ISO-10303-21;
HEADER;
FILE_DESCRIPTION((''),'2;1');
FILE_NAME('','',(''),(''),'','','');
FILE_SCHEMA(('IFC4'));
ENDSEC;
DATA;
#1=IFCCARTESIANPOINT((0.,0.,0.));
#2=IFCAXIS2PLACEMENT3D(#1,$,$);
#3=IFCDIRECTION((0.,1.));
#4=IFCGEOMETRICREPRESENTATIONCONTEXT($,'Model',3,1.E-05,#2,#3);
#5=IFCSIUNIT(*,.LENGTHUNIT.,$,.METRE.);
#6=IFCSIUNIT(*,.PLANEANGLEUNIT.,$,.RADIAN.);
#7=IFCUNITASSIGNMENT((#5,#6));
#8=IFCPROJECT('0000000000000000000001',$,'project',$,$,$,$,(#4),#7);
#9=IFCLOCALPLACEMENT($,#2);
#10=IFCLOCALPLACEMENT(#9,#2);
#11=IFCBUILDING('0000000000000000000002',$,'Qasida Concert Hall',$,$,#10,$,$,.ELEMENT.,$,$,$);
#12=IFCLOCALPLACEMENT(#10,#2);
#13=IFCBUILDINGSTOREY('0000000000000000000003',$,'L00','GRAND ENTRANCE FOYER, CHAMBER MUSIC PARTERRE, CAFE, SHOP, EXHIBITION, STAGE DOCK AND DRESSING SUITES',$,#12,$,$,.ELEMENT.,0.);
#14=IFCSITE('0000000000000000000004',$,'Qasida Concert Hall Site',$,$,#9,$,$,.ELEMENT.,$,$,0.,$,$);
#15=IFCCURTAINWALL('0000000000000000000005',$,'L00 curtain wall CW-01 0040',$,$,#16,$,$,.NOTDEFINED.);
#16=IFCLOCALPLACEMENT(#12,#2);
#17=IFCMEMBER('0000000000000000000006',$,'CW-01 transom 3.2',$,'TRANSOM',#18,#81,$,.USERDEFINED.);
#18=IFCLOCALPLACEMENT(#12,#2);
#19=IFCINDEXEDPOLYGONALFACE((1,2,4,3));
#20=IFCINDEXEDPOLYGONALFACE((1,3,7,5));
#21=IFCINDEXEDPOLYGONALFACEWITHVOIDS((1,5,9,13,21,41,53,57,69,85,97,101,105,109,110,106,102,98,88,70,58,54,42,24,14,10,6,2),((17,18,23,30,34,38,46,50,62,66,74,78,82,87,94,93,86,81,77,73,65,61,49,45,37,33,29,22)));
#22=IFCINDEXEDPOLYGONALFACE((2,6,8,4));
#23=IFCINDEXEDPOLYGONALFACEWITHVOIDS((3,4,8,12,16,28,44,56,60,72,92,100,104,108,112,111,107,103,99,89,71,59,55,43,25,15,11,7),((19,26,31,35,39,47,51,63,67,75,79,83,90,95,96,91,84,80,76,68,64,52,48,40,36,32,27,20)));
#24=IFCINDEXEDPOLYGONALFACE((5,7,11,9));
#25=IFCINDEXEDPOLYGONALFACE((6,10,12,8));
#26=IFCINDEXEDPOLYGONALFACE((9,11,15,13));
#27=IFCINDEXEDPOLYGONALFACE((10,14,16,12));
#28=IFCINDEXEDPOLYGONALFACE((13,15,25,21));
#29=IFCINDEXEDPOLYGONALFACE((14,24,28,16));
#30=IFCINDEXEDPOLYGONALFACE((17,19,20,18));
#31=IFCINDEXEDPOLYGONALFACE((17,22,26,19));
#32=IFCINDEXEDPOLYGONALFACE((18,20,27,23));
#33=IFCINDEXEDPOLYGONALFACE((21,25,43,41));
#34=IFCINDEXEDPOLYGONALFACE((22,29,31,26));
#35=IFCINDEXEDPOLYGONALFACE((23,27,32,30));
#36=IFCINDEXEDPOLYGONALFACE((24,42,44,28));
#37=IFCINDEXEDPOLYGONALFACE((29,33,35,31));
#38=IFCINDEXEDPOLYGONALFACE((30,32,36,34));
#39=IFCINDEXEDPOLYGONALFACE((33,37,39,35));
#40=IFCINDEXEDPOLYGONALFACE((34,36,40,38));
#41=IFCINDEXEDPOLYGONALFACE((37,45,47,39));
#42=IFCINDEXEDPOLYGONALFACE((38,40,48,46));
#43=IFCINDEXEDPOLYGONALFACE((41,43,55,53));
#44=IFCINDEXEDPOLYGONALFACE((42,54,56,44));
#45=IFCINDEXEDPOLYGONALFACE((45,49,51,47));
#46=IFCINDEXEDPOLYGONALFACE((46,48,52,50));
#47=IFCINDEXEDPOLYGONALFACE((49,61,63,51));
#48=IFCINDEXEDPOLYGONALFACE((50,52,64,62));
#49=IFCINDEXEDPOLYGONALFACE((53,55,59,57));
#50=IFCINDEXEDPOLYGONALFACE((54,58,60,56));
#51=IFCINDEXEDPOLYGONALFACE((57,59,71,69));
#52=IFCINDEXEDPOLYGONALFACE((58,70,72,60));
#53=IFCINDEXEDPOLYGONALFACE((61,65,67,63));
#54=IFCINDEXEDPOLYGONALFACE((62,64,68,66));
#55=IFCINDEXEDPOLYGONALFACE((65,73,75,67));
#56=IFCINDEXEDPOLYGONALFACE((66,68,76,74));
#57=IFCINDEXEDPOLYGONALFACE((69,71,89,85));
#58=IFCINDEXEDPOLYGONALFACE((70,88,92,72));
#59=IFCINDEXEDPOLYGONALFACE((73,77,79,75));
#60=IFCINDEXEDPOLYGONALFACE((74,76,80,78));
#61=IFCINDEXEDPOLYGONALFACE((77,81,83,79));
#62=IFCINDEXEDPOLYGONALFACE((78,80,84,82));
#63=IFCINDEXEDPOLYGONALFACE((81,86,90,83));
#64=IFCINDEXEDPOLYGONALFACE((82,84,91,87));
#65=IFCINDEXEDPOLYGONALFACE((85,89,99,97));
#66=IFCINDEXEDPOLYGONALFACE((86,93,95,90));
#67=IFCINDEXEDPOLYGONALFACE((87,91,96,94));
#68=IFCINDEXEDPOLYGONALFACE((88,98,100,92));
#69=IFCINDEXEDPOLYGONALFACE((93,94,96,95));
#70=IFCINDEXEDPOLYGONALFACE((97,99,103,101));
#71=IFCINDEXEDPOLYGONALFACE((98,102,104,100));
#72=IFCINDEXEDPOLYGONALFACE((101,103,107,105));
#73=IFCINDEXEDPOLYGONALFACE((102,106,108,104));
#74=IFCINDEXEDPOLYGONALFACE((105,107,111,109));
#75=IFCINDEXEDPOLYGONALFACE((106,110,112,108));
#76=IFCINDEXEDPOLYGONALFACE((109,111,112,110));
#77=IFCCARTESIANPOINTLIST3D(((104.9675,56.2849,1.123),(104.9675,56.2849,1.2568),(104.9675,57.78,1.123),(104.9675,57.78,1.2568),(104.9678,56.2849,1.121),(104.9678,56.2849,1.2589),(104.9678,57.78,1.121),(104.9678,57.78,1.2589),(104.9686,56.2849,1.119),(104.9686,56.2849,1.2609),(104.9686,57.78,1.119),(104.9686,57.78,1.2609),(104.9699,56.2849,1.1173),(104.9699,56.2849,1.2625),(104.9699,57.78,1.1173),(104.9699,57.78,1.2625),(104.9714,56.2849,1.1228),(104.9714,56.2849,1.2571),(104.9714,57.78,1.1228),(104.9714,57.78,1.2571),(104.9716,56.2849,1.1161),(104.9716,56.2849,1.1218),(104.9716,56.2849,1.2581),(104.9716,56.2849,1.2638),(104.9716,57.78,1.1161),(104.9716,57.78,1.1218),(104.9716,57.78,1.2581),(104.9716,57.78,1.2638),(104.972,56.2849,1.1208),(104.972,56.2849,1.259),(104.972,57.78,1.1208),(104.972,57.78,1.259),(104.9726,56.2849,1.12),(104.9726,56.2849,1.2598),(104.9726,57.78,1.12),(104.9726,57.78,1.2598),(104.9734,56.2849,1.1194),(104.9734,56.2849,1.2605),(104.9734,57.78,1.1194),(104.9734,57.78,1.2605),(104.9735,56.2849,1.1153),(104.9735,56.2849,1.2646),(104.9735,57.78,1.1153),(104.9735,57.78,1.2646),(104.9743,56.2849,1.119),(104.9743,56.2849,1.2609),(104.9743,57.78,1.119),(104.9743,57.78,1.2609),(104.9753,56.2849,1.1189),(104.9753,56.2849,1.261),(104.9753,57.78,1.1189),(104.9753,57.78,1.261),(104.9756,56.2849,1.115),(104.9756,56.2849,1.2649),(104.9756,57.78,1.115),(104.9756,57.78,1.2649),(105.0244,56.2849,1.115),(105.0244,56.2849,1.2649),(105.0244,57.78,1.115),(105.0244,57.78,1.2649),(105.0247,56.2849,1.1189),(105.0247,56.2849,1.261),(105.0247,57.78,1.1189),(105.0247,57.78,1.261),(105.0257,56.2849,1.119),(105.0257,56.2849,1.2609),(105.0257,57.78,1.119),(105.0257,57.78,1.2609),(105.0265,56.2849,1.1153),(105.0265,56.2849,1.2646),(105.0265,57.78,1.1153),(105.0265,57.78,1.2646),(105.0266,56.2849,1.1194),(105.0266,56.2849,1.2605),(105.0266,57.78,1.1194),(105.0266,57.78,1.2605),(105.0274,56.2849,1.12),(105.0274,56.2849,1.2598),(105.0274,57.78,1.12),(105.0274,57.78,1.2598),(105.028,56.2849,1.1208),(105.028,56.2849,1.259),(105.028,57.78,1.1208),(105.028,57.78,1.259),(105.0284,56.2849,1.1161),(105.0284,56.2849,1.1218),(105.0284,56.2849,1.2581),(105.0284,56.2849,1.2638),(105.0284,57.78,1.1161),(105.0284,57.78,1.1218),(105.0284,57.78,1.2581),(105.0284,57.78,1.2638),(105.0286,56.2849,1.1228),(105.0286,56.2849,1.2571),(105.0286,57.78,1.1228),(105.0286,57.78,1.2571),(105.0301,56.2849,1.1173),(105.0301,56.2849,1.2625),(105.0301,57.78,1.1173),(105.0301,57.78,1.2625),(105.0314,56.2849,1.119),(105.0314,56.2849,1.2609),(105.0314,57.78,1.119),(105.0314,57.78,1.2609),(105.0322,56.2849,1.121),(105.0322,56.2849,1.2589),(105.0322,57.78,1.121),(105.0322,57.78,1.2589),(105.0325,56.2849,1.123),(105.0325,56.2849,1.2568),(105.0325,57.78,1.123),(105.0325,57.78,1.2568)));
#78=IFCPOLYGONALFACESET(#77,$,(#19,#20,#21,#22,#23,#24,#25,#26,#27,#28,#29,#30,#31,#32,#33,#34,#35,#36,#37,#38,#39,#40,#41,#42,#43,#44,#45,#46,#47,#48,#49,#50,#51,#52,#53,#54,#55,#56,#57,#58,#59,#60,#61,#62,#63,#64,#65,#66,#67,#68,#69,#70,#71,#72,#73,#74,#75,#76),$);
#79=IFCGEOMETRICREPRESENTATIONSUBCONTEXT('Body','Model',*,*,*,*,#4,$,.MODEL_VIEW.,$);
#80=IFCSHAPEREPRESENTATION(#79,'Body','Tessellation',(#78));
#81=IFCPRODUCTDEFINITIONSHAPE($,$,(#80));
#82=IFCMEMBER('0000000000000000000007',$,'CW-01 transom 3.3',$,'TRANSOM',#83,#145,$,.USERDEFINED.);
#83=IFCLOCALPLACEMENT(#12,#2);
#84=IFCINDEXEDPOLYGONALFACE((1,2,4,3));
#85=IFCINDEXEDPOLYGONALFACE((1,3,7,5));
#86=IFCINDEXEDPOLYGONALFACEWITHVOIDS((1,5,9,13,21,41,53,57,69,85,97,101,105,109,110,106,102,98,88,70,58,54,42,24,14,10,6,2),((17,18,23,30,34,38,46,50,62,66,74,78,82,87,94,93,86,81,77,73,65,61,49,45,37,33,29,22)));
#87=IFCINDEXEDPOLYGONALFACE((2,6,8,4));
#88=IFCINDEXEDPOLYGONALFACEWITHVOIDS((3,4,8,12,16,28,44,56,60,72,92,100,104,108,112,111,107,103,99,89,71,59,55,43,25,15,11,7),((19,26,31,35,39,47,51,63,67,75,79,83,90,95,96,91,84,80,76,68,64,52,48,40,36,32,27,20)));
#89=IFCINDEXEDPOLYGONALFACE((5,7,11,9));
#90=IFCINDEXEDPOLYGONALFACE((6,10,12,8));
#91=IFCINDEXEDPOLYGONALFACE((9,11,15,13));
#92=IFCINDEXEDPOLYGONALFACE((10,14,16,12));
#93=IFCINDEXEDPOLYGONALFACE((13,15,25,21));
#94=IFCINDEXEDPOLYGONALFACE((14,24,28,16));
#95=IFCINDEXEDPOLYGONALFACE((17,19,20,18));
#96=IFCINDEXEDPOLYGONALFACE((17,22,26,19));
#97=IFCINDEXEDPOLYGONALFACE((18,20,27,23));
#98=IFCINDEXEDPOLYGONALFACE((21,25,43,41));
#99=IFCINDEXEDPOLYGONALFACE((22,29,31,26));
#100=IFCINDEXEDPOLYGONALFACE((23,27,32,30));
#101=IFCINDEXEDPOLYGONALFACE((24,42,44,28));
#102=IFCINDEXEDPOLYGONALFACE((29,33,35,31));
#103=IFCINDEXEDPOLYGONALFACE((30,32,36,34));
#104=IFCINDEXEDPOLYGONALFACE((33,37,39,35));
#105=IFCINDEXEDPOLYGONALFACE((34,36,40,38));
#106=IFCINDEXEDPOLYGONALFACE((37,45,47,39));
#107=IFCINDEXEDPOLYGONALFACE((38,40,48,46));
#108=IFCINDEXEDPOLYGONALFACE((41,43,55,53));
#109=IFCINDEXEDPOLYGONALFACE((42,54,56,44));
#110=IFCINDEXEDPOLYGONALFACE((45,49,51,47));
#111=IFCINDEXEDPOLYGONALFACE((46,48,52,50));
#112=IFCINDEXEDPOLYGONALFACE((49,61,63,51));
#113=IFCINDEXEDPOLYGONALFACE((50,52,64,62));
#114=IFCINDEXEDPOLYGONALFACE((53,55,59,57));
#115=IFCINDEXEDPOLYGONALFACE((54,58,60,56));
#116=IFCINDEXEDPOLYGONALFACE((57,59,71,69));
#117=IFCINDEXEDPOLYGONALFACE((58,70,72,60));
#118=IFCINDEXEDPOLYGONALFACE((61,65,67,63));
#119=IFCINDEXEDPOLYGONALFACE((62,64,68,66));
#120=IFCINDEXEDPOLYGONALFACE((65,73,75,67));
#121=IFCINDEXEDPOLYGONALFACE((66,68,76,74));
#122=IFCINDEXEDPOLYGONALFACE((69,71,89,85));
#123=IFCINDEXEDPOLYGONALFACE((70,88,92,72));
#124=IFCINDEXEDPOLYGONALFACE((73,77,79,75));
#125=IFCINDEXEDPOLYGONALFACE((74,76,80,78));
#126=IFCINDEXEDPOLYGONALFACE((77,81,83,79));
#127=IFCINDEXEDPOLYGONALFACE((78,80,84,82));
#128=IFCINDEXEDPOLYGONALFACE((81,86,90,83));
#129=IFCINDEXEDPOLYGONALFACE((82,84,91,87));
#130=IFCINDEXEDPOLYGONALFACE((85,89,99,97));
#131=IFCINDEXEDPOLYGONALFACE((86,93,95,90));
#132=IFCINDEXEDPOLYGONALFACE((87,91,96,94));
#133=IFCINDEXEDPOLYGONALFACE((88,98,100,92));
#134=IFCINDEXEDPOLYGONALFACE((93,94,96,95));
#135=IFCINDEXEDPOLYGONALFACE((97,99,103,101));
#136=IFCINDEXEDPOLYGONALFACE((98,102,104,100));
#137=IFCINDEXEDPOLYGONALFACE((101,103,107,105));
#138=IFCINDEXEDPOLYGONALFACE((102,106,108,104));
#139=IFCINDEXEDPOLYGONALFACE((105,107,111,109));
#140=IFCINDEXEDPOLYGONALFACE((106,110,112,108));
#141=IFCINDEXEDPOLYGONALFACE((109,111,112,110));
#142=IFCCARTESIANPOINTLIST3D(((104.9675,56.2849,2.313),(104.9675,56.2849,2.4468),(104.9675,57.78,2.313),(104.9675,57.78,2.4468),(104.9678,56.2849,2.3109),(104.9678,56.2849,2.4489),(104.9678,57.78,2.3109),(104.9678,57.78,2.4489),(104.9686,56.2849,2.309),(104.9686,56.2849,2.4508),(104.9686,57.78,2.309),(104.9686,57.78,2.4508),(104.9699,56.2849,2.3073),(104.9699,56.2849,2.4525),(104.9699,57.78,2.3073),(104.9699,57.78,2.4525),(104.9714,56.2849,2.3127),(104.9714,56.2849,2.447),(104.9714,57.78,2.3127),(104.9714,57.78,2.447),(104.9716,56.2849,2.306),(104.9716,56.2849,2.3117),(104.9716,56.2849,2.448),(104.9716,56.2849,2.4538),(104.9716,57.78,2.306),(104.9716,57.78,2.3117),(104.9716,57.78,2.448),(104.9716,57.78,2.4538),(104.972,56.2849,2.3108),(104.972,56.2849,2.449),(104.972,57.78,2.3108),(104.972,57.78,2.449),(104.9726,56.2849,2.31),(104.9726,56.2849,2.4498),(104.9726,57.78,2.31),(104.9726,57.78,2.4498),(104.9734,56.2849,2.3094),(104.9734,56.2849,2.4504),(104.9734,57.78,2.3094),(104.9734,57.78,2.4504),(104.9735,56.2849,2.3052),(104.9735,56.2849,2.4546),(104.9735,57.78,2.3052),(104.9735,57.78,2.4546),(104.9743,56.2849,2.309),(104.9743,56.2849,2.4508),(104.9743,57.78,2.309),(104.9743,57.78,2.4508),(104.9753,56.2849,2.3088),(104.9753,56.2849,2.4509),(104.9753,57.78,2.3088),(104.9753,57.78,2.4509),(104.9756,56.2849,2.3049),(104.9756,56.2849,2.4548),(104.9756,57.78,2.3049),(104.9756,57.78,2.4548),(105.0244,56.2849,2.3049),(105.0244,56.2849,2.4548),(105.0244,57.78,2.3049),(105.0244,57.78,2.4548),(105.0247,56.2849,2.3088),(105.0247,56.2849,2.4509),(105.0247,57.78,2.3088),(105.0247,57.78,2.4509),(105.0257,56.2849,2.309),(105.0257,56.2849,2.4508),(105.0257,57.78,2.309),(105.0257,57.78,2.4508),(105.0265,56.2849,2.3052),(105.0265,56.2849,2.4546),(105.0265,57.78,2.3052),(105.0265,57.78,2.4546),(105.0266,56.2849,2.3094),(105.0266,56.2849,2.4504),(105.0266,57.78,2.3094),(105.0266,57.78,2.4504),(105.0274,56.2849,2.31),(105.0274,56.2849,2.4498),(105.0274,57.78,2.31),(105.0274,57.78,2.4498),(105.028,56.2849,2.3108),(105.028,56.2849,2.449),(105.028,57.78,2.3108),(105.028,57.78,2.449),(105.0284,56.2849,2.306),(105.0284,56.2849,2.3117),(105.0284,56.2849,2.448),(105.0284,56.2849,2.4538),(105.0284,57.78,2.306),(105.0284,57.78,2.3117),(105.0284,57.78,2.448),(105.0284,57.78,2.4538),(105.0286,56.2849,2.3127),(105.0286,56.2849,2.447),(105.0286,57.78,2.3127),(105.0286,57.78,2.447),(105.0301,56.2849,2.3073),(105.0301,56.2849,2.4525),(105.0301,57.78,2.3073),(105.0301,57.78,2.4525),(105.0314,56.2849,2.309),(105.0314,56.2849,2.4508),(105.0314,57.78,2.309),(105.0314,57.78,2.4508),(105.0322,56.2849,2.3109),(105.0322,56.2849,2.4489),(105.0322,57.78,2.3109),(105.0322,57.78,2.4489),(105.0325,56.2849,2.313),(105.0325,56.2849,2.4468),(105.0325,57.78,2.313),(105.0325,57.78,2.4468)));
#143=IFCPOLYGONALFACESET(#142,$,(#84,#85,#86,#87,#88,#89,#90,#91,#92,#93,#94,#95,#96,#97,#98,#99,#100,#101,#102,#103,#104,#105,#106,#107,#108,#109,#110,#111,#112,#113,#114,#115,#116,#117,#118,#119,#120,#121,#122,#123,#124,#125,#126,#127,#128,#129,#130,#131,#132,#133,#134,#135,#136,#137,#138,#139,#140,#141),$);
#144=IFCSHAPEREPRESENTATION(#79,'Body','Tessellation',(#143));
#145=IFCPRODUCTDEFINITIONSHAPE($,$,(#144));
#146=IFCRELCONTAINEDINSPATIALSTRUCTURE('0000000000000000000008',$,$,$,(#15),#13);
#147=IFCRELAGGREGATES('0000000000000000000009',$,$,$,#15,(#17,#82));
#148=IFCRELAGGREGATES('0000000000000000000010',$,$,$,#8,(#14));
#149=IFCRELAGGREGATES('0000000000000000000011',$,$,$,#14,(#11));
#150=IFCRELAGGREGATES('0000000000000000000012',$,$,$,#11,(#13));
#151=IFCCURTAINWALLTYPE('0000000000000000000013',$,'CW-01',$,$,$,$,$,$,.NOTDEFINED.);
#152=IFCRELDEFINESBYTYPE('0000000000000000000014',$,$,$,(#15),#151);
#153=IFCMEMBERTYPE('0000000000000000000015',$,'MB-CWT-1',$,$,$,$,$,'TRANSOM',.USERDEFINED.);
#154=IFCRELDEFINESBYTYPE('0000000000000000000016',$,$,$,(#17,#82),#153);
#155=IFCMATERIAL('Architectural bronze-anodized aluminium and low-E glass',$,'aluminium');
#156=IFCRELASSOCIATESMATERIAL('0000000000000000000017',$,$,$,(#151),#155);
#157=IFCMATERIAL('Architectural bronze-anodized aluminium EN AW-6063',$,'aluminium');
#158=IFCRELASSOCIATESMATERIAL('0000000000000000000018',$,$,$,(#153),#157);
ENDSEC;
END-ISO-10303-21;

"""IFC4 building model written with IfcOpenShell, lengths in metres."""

from ifc_helpers import new_model, si_unit, direction, frame, origin, origin_2d, place, context, subcontext, project, spatial, hollow_rectangle, extrude, material, material_profile, profile_set, type_object, element, aggregate, save


model = new_model("IFC4")

# Units and contexts
model_context = context("Model", 3, precision=1e-05, world=origin(), true_north=direction((0.0, 1.0)))
body_context = subcontext(model_context, "Body", "Model", "MODEL_VIEW")
ifc_project = project(units=[si_unit("LENGTHUNIT", "METRE"), si_unit("PLANEANGLEUNIT", "RADIAN")], contexts=[model_context])

# Site, building, storey
site_placement = place(None, origin())
site = spatial("IfcSite", under=ifc_project, at=site_placement, Name="Qasida Concert Hall Site", CompositionType="ELEMENT", RefElevation=0.0)
building_placement = place(site_placement, origin())
building = spatial("IfcBuilding", under=site, at=building_placement, Name="Qasida Concert Hall", CompositionType="ELEMENT")
storey_placement = place(building_placement, origin())
storey = spatial("IfcBuildingStorey", under=building, at=storey_placement, Name="L00", Description="GRAND ENTRANCE FOYER, CHAMBER MUSIC PARTERRE, CAFE, SHOP, EXHIBITION, STAGE DOCK AND DRESSING SUITES", CompositionType="ELEMENT", Elevation=0.0)

# Curtain wall, members
ifc_material_1 = material(Name="Architectural bronze-anodized aluminium and low-E glass", Category="aluminium")
curtain_wall_type = type_object("IfcCurtainWallType", Name="CW-01", PredefinedType="NOTDEFINED", material=ifc_material_1)
curtain_wall_placement = place(storey_placement, origin())
curtain_wall = element("IfcCurtainWall", 1, at=curtain_wall_placement, inside=storey, type_object=curtain_wall_type, Name="L00 curtain wall CW-01 0040", PredefinedType="NOTDEFINED")
ifc_material_2 = material(Name="Architectural bronze-anodized aluminium EN AW-6063", Category="aluminium")
ifc_material_profile_1 = material_profile(ifc_material_2, hollow_rectangle(XDim=0.0649, YDim=0.1499, WallThickness=0.0039, InnerFilletRadius=0.0039, OuterFilletRadius=0.0081, at=origin_2d()), Name="CWT 150x65x4")
ifc_profile_set_1 = profile_set([ifc_material_profile_1], Name="Architectural bronze-anodized aluminium EN AW-6063")
member_type_1 = type_object("IfcMemberType", Name="MB-CWT-1", ElementType="TRANSOM", PredefinedType="USERDEFINED", material=ifc_profile_set_1)
member_1_placement = place(storey_placement, frame((105.0, 56.2849, 1.1899), z_axis=(0.0, 1.0, 0.0), x_axis=(-1.0, 0.0, 0.0)))
member_1 = element("IfcMember", 2, at=member_1_placement, type_object=member_type_1, Name="CW-01 transom 3.2", ObjectType="TRANSOM", PredefinedType="USERDEFINED", context=body_context, shape_type="SweptSolid", body=[
    extrude(hollow_rectangle(XDim=0.0649, YDim=0.1499, WallThickness=0.0039, InnerFilletRadius=0.0039, OuterFilletRadius=0.0081, at=origin_2d()), origin(), (0.0, 0.0, 1.0), 1.4951),
])
member_2_placement = place(storey_placement, frame((105.0, 56.2849, 2.3799), z_axis=(0.0, 1.0, 0.0), x_axis=(-1.0, 0.0, 0.0)))
member_2 = element("IfcMember", 3, at=member_2_placement, type_object=member_type_1, Name="CW-01 transom 3.3", ObjectType="TRANSOM", PredefinedType="USERDEFINED", context=body_context, shape_type="SweptSolid", body=[
    extrude(hollow_rectangle(XDim=0.0649, YDim=0.1499, WallThickness=0.0039, InnerFilletRadius=0.0039, OuterFilletRadius=0.0081, at=origin_2d()), origin(), (0.0, 0.0, 1.0), 1.4951),
])
aggregate(curtain_wall, [member_1, member_2])

save(model, "model.ifc")
